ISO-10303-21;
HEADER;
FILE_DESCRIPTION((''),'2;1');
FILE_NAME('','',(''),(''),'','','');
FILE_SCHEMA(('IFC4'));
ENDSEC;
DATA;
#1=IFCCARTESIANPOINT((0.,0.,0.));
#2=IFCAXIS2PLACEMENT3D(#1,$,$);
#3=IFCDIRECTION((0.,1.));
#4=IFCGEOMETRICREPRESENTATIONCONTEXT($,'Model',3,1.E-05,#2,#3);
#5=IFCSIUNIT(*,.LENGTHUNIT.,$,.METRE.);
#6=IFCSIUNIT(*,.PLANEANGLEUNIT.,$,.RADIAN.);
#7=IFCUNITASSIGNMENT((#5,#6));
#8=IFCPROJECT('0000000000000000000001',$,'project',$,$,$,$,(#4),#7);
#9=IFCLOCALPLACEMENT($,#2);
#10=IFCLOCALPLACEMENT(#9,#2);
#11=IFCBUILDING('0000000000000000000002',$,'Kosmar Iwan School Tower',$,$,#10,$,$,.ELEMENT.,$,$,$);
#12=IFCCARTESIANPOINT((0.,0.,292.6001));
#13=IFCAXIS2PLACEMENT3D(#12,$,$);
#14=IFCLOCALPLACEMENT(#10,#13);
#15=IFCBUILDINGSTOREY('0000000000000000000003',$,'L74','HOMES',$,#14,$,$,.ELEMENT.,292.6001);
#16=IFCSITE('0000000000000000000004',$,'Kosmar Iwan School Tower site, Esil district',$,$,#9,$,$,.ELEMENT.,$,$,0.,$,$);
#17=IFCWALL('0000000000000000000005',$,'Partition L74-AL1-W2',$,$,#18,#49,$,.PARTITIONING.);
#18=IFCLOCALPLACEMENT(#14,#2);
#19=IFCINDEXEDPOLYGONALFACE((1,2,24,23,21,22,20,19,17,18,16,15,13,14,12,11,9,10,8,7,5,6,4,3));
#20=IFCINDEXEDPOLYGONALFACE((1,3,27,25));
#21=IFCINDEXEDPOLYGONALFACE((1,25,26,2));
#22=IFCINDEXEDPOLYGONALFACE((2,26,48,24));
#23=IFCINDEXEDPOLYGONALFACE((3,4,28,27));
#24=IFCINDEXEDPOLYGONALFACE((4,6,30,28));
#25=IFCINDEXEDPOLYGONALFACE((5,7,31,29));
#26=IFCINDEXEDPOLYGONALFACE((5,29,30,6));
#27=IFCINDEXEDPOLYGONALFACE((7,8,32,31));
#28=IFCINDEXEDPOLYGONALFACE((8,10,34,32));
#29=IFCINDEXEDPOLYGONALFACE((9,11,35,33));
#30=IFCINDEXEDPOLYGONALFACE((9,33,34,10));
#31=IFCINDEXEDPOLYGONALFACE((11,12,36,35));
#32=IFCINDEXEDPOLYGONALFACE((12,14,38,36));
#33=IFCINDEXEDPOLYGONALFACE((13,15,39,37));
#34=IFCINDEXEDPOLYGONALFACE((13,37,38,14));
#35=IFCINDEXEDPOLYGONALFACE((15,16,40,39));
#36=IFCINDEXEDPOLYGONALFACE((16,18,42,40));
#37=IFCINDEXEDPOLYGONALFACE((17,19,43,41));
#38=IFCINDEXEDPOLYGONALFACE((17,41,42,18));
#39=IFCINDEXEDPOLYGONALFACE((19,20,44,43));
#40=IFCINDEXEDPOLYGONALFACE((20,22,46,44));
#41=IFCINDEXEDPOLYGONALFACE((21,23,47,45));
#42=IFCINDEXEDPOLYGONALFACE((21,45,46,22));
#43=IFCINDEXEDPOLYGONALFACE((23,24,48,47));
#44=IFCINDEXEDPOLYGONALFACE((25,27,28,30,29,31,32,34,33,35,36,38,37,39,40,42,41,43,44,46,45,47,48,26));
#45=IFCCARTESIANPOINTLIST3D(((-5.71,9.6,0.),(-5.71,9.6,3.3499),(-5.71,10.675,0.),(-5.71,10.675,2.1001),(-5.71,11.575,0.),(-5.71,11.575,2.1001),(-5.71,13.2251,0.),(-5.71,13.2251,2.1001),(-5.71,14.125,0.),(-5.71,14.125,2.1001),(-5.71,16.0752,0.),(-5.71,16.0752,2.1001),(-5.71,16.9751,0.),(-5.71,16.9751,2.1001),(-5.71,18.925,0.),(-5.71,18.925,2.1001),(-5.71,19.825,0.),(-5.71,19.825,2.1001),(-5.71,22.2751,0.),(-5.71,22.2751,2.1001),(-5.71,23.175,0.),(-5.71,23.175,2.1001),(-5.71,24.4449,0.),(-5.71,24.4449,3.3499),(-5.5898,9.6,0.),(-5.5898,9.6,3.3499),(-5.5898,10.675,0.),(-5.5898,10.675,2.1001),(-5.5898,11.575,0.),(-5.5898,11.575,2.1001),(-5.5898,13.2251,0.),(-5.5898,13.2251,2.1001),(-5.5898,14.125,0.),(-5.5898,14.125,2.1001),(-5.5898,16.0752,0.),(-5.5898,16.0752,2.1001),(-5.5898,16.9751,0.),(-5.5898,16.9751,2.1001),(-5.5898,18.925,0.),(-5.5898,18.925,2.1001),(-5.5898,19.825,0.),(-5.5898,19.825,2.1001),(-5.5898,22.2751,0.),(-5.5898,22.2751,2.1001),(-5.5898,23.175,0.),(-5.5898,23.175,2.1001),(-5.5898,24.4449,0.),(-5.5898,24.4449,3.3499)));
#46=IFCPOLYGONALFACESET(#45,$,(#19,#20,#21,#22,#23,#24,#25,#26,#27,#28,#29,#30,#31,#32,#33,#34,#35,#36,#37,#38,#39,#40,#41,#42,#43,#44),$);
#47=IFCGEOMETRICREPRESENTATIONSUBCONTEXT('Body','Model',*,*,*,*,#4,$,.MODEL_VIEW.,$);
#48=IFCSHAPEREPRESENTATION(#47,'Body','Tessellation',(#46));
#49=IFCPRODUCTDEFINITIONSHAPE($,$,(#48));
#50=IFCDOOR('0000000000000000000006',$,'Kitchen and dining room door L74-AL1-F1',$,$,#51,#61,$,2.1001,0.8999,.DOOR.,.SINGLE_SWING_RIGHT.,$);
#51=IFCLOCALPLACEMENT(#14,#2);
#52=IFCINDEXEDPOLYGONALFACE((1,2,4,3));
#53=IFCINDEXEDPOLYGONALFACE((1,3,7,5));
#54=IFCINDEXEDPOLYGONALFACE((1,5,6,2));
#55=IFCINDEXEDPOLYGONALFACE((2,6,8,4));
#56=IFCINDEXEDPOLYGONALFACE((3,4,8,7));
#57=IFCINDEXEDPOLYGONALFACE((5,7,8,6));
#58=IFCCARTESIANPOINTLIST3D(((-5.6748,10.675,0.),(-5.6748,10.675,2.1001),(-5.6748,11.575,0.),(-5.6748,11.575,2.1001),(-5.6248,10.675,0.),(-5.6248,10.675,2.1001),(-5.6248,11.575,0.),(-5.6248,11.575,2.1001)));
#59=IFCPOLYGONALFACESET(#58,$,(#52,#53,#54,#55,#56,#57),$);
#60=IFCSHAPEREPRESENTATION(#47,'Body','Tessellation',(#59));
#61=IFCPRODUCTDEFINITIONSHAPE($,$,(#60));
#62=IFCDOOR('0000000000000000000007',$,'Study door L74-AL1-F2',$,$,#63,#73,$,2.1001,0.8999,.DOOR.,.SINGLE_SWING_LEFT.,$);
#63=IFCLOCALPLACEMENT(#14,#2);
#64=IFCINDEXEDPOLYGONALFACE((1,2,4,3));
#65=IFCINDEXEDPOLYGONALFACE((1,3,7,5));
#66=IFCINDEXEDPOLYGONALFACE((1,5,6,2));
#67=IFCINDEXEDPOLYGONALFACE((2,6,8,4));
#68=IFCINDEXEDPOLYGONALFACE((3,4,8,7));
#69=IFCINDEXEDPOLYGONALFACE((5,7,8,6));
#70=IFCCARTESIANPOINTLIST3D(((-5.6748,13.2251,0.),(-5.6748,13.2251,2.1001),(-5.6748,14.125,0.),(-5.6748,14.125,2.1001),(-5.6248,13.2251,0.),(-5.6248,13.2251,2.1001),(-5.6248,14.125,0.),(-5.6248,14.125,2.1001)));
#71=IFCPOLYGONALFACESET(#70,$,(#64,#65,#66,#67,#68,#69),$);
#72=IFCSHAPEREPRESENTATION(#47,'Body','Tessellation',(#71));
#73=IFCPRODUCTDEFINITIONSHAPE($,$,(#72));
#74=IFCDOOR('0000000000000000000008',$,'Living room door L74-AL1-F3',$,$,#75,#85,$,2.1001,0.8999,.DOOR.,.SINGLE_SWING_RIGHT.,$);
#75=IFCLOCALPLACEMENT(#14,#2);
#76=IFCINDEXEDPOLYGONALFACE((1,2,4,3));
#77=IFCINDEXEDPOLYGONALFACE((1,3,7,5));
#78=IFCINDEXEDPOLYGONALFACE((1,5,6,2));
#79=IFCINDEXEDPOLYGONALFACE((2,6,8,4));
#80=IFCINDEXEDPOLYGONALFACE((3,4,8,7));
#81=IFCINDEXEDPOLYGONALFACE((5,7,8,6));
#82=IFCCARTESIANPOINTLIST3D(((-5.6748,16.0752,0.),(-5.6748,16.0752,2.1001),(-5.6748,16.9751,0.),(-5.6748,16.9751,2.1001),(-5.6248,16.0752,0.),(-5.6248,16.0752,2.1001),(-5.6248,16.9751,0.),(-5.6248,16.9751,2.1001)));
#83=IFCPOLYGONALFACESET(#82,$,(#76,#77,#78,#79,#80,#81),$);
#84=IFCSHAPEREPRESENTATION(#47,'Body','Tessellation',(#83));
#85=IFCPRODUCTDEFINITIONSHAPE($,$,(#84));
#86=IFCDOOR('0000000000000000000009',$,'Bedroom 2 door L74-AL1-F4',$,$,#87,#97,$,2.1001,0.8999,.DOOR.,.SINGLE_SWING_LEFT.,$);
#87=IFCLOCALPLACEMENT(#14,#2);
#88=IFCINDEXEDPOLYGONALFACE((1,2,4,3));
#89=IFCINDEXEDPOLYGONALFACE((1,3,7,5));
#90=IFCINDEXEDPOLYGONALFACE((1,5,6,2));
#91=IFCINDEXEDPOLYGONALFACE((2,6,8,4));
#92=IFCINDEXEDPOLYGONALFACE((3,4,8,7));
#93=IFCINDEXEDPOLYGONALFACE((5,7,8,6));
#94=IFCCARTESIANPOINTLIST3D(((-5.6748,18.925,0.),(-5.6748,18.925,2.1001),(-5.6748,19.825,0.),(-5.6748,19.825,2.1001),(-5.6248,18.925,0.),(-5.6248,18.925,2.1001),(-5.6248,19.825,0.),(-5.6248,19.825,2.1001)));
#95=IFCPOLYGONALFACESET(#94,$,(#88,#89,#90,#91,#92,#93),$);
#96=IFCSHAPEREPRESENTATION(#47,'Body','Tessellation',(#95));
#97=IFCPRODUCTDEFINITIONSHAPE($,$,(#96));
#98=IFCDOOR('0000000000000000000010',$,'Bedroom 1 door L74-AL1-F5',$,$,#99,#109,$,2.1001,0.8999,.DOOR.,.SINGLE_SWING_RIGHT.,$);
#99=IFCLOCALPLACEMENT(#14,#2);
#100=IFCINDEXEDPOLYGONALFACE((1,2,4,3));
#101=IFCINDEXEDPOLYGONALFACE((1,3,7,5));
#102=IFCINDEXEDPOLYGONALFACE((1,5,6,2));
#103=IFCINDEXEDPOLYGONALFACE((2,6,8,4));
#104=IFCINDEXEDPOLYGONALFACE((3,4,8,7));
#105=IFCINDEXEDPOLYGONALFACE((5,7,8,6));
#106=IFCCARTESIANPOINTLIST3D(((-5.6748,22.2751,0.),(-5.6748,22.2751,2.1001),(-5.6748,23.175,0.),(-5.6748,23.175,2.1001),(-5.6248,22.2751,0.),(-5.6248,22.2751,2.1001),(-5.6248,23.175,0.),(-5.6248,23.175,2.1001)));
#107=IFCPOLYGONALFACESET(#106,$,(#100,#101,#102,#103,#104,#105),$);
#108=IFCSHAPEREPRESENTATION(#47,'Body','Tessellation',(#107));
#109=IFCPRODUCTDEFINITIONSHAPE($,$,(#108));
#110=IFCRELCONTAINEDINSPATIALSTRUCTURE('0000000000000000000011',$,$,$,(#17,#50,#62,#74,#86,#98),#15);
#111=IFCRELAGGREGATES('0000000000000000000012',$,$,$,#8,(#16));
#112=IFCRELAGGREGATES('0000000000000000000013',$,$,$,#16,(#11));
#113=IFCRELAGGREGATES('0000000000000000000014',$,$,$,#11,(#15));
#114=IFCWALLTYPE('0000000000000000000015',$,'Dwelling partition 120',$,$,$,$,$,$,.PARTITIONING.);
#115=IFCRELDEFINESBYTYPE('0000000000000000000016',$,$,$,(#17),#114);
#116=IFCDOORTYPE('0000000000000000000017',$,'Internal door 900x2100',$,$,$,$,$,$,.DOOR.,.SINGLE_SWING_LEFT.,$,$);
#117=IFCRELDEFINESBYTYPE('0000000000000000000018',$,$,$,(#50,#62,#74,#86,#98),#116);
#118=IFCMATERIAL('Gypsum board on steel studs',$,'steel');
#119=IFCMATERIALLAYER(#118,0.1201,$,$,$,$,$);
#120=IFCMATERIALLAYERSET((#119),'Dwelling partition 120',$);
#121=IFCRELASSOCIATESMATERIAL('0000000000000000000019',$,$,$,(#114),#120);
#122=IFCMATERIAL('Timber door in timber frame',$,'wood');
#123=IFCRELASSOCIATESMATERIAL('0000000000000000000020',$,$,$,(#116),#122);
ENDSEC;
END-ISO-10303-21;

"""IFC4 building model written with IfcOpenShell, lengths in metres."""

from ifc_helpers import new_model, si_unit, direction, frame, frame_2d, origin, place, context, subcontext, project, spatial, rectangle, extrude, material, layer, layer_set, type_object, element, fill, save


model = new_model("IFC4")

# Units and contexts
model_context = context("Model", 3, precision=1e-05, world=origin(), true_north=direction((0.0, 1.0)))
body_context = subcontext(model_context, "Body", "Model", "MODEL_VIEW")
ifc_project = project(units=[si_unit("LENGTHUNIT", "METRE"), si_unit("PLANEANGLEUNIT", "RADIAN")], contexts=[model_context])

# Site, building, storey
site_placement = place(None, origin())
site = spatial("IfcSite", under=ifc_project, at=site_placement, Name="Kosmar Iwan School Tower site, Esil district", CompositionType="ELEMENT", RefElevation=0.0)
building_placement = place(site_placement, origin())
building = spatial("IfcBuilding", under=site, at=building_placement, Name="Kosmar Iwan School Tower", CompositionType="ELEMENT")
storey_placement = place(building_placement, frame((0.0, 0.0, 292.6001)))
storey = spatial("IfcBuildingStorey", under=building, at=storey_placement, Name="L74", Description="HOMES", CompositionType="ELEMENT", Elevation=292.6001)

# Wall, openings, doors
ifc_material_1 = material(Name="Gypsum board on steel studs", Category="steel")
ifc_layer_1 = layer(ifc_material_1, 0.1201)
ifc_layer_set_1 = layer_set([ifc_layer_1], Name="Dwelling partition 120")
wall_type_1 = type_object("IfcWallType", Name="Dwelling partition 120", PredefinedType="PARTITIONING", material=ifc_layer_set_1)
wall_1_placement = place(storey_placement, frame((-5.6499, 9.6001, 0.0), z_axis=(0.0, 0.0, 1.0), x_axis=(0.0, 1.0, 0.0)))
wall_1 = element("IfcWall", 1, at=wall_1_placement, inside=storey, type_object=wall_type_1, Name="Partition L74-AL1-W2", PredefinedType="PARTITIONING", context=body_context, shape_type="SweptSolid", body=[
    extrude(rectangle(XDim=14.845, YDim=0.1201, at=frame_2d((7.4224, 0.0))), origin(), (0.0, 0.0, 1.0), 3.3499),
])
opening_1_placement = place(wall_1_placement, frame((1.075, 0.0, 0.0)))
opening_1 = element("IfcOpeningElement", 2, at=opening_1_placement, cuts=wall_1, PredefinedType="OPENING", context=body_context, shape_type="SweptSolid", body=[
    extrude(rectangle(XDim=0.8999, YDim=2.1001, at=frame_2d((0.45, 1.05))), frame((0.0, 0.072, 0.0), z_axis=(0.0, -1.0, 0.0), x_axis=(1.0, 0.0, 0.0)), (0.0, 0.0, 1.0), 0.144),
])
opening_2_placement = place(wall_1_placement, frame((3.625, 0.0, 0.0)))
opening_2 = element("IfcOpeningElement", 3, at=opening_2_placement, cuts=wall_1, PredefinedType="OPENING", context=body_context, shape_type="SweptSolid", body=[
    extrude(rectangle(XDim=0.8999, YDim=2.1001, at=frame_2d((0.45, 1.05))), frame((0.0, 0.072, 0.0), z_axis=(0.0, -1.0, 0.0), x_axis=(1.0, 0.0, 0.0)), (0.0, 0.0, 1.0), 0.144),
])
opening_3_placement = place(wall_1_placement, frame((6.4751, 0.0, 0.0)))
opening_3 = element("IfcOpeningElement", 4, at=opening_3_placement, cuts=wall_1, PredefinedType="OPENING", context=body_context, shape_type="SweptSolid", body=[
    extrude(rectangle(XDim=0.8999, YDim=2.1001, at=frame_2d((0.45, 1.05))), frame((0.0, 0.072, 0.0), z_axis=(0.0, -1.0, 0.0), x_axis=(1.0, 0.0, 0.0)), (0.0, 0.0, 1.0), 0.144),
])
opening_4_placement = place(wall_1_placement, frame((9.325, 0.0, 0.0)))
opening_4 = element("IfcOpeningElement", 5, at=opening_4_placement, cuts=wall_1, PredefinedType="OPENING", context=body_context, shape_type="SweptSolid", body=[
    extrude(rectangle(XDim=0.8999, YDim=2.1001, at=frame_2d((0.45, 1.05))), frame((0.0, 0.072, 0.0), z_axis=(0.0, -1.0, 0.0), x_axis=(1.0, 0.0, 0.0)), (0.0, 0.0, 1.0), 0.144),
])
opening_5_placement = place(wall_1_placement, frame((12.675, 0.0, 0.0)))
opening_5 = element("IfcOpeningElement", 6, at=opening_5_placement, cuts=wall_1, PredefinedType="OPENING", context=body_context, shape_type="SweptSolid", body=[
    extrude(rectangle(XDim=0.8999, YDim=2.1001, at=frame_2d((0.45, 1.05))), frame((0.0, 0.072, 0.0), z_axis=(0.0, -1.0, 0.0), x_axis=(1.0, 0.0, 0.0)), (0.0, 0.0, 1.0), 0.144),
])
ifc_material_2 = material(Name="Timber door in timber frame", Category="wood")
door_type_1 = type_object("IfcDoorType", Name="Internal door 900x2100", OperationType="SINGLE_SWING_LEFT", PredefinedType="DOOR", material=ifc_material_2)
door_1_placement = place(opening_1_placement, origin())
door_1 = element("IfcDoor", 7, at=door_1_placement, inside=storey, type_object=door_type_1, Name="Kitchen and dining room door L74-AL1-F1", OperationType="SINGLE_SWING_RIGHT", OverallHeight=2.1001, OverallWidth=0.8999, PredefinedType="DOOR", context=body_context, shape_type="SweptSolid", body=[
    extrude(rectangle(XDim=0.8999, YDim=2.1001, at=frame_2d((0.45, 1.05))), frame((0.0, 0.0249, 0.0), z_axis=(0.0, -1.0, 0.0), x_axis=(1.0, 0.0, 0.0)), (0.0, 0.0, 1.0), 0.05),
])
fill(opening_1, door_1)
door_2_placement = place(opening_2_placement, origin())
door_2 = element("IfcDoor", 8, at=door_2_placement, inside=storey, type_object=door_type_1, Name="Study door L74-AL1-F2", OperationType="SINGLE_SWING_LEFT", OverallHeight=2.1001, OverallWidth=0.8999, PredefinedType="DOOR", context=body_context, shape_type="SweptSolid", body=[
    extrude(rectangle(XDim=0.8999, YDim=2.1001, at=frame_2d((0.45, 1.05))), frame((0.0, 0.0249, 0.0), z_axis=(0.0, -1.0, 0.0), x_axis=(1.0, 0.0, 0.0)), (0.0, 0.0, 1.0), 0.05),
])
fill(opening_2, door_2)
door_3_placement = place(opening_3_placement, origin())
door_3 = element("IfcDoor", 9, at=door_3_placement, inside=storey, type_object=door_type_1, Name="Living room door L74-AL1-F3", OperationType="SINGLE_SWING_RIGHT", OverallHeight=2.1001, OverallWidth=0.8999, PredefinedType="DOOR", context=body_context, shape_type="SweptSolid", body=[
    extrude(rectangle(XDim=0.8999, YDim=2.1001, at=frame_2d((0.45, 1.05))), frame((0.0, 0.0249, 0.0), z_axis=(0.0, -1.0, 0.0), x_axis=(1.0, 0.0, 0.0)), (0.0, 0.0, 1.0), 0.05),
])
fill(opening_3, door_3)
door_4_placement = place(opening_4_placement, origin())
door_4 = element("IfcDoor", 10, at=door_4_placement, inside=storey, type_object=door_type_1, Name="Bedroom 2 door L74-AL1-F4", OperationType="SINGLE_SWING_LEFT", OverallHeight=2.1001, OverallWidth=0.8999, PredefinedType="DOOR", context=body_context, shape_type="SweptSolid", body=[
    extrude(rectangle(XDim=0.8999, YDim=2.1001, at=frame_2d((0.45, 1.05))), frame((0.0, 0.0249, 0.0), z_axis=(0.0, -1.0, 0.0), x_axis=(1.0, 0.0, 0.0)), (0.0, 0.0, 1.0), 0.05),
])
fill(opening_4, door_4)
door_5_placement = place(opening_5_placement, origin())
door_5 = element("IfcDoor", 11, at=door_5_placement, inside=storey, type_object=door_type_1, Name="Bedroom 1 door L74-AL1-F5", OperationType="SINGLE_SWING_RIGHT", OverallHeight=2.1001, OverallWidth=0.8999, PredefinedType="DOOR", context=body_context, shape_type="SweptSolid", body=[
    extrude(rectangle(XDim=0.8999, YDim=2.1001, at=frame_2d((0.45, 1.05))), frame((0.0, 0.0249, 0.0), z_axis=(0.0, -1.0, 0.0), x_axis=(1.0, 0.0, 0.0)), (0.0, 0.0, 1.0), 0.05),
])
fill(opening_5, door_5)

save(model, "model.ifc")
